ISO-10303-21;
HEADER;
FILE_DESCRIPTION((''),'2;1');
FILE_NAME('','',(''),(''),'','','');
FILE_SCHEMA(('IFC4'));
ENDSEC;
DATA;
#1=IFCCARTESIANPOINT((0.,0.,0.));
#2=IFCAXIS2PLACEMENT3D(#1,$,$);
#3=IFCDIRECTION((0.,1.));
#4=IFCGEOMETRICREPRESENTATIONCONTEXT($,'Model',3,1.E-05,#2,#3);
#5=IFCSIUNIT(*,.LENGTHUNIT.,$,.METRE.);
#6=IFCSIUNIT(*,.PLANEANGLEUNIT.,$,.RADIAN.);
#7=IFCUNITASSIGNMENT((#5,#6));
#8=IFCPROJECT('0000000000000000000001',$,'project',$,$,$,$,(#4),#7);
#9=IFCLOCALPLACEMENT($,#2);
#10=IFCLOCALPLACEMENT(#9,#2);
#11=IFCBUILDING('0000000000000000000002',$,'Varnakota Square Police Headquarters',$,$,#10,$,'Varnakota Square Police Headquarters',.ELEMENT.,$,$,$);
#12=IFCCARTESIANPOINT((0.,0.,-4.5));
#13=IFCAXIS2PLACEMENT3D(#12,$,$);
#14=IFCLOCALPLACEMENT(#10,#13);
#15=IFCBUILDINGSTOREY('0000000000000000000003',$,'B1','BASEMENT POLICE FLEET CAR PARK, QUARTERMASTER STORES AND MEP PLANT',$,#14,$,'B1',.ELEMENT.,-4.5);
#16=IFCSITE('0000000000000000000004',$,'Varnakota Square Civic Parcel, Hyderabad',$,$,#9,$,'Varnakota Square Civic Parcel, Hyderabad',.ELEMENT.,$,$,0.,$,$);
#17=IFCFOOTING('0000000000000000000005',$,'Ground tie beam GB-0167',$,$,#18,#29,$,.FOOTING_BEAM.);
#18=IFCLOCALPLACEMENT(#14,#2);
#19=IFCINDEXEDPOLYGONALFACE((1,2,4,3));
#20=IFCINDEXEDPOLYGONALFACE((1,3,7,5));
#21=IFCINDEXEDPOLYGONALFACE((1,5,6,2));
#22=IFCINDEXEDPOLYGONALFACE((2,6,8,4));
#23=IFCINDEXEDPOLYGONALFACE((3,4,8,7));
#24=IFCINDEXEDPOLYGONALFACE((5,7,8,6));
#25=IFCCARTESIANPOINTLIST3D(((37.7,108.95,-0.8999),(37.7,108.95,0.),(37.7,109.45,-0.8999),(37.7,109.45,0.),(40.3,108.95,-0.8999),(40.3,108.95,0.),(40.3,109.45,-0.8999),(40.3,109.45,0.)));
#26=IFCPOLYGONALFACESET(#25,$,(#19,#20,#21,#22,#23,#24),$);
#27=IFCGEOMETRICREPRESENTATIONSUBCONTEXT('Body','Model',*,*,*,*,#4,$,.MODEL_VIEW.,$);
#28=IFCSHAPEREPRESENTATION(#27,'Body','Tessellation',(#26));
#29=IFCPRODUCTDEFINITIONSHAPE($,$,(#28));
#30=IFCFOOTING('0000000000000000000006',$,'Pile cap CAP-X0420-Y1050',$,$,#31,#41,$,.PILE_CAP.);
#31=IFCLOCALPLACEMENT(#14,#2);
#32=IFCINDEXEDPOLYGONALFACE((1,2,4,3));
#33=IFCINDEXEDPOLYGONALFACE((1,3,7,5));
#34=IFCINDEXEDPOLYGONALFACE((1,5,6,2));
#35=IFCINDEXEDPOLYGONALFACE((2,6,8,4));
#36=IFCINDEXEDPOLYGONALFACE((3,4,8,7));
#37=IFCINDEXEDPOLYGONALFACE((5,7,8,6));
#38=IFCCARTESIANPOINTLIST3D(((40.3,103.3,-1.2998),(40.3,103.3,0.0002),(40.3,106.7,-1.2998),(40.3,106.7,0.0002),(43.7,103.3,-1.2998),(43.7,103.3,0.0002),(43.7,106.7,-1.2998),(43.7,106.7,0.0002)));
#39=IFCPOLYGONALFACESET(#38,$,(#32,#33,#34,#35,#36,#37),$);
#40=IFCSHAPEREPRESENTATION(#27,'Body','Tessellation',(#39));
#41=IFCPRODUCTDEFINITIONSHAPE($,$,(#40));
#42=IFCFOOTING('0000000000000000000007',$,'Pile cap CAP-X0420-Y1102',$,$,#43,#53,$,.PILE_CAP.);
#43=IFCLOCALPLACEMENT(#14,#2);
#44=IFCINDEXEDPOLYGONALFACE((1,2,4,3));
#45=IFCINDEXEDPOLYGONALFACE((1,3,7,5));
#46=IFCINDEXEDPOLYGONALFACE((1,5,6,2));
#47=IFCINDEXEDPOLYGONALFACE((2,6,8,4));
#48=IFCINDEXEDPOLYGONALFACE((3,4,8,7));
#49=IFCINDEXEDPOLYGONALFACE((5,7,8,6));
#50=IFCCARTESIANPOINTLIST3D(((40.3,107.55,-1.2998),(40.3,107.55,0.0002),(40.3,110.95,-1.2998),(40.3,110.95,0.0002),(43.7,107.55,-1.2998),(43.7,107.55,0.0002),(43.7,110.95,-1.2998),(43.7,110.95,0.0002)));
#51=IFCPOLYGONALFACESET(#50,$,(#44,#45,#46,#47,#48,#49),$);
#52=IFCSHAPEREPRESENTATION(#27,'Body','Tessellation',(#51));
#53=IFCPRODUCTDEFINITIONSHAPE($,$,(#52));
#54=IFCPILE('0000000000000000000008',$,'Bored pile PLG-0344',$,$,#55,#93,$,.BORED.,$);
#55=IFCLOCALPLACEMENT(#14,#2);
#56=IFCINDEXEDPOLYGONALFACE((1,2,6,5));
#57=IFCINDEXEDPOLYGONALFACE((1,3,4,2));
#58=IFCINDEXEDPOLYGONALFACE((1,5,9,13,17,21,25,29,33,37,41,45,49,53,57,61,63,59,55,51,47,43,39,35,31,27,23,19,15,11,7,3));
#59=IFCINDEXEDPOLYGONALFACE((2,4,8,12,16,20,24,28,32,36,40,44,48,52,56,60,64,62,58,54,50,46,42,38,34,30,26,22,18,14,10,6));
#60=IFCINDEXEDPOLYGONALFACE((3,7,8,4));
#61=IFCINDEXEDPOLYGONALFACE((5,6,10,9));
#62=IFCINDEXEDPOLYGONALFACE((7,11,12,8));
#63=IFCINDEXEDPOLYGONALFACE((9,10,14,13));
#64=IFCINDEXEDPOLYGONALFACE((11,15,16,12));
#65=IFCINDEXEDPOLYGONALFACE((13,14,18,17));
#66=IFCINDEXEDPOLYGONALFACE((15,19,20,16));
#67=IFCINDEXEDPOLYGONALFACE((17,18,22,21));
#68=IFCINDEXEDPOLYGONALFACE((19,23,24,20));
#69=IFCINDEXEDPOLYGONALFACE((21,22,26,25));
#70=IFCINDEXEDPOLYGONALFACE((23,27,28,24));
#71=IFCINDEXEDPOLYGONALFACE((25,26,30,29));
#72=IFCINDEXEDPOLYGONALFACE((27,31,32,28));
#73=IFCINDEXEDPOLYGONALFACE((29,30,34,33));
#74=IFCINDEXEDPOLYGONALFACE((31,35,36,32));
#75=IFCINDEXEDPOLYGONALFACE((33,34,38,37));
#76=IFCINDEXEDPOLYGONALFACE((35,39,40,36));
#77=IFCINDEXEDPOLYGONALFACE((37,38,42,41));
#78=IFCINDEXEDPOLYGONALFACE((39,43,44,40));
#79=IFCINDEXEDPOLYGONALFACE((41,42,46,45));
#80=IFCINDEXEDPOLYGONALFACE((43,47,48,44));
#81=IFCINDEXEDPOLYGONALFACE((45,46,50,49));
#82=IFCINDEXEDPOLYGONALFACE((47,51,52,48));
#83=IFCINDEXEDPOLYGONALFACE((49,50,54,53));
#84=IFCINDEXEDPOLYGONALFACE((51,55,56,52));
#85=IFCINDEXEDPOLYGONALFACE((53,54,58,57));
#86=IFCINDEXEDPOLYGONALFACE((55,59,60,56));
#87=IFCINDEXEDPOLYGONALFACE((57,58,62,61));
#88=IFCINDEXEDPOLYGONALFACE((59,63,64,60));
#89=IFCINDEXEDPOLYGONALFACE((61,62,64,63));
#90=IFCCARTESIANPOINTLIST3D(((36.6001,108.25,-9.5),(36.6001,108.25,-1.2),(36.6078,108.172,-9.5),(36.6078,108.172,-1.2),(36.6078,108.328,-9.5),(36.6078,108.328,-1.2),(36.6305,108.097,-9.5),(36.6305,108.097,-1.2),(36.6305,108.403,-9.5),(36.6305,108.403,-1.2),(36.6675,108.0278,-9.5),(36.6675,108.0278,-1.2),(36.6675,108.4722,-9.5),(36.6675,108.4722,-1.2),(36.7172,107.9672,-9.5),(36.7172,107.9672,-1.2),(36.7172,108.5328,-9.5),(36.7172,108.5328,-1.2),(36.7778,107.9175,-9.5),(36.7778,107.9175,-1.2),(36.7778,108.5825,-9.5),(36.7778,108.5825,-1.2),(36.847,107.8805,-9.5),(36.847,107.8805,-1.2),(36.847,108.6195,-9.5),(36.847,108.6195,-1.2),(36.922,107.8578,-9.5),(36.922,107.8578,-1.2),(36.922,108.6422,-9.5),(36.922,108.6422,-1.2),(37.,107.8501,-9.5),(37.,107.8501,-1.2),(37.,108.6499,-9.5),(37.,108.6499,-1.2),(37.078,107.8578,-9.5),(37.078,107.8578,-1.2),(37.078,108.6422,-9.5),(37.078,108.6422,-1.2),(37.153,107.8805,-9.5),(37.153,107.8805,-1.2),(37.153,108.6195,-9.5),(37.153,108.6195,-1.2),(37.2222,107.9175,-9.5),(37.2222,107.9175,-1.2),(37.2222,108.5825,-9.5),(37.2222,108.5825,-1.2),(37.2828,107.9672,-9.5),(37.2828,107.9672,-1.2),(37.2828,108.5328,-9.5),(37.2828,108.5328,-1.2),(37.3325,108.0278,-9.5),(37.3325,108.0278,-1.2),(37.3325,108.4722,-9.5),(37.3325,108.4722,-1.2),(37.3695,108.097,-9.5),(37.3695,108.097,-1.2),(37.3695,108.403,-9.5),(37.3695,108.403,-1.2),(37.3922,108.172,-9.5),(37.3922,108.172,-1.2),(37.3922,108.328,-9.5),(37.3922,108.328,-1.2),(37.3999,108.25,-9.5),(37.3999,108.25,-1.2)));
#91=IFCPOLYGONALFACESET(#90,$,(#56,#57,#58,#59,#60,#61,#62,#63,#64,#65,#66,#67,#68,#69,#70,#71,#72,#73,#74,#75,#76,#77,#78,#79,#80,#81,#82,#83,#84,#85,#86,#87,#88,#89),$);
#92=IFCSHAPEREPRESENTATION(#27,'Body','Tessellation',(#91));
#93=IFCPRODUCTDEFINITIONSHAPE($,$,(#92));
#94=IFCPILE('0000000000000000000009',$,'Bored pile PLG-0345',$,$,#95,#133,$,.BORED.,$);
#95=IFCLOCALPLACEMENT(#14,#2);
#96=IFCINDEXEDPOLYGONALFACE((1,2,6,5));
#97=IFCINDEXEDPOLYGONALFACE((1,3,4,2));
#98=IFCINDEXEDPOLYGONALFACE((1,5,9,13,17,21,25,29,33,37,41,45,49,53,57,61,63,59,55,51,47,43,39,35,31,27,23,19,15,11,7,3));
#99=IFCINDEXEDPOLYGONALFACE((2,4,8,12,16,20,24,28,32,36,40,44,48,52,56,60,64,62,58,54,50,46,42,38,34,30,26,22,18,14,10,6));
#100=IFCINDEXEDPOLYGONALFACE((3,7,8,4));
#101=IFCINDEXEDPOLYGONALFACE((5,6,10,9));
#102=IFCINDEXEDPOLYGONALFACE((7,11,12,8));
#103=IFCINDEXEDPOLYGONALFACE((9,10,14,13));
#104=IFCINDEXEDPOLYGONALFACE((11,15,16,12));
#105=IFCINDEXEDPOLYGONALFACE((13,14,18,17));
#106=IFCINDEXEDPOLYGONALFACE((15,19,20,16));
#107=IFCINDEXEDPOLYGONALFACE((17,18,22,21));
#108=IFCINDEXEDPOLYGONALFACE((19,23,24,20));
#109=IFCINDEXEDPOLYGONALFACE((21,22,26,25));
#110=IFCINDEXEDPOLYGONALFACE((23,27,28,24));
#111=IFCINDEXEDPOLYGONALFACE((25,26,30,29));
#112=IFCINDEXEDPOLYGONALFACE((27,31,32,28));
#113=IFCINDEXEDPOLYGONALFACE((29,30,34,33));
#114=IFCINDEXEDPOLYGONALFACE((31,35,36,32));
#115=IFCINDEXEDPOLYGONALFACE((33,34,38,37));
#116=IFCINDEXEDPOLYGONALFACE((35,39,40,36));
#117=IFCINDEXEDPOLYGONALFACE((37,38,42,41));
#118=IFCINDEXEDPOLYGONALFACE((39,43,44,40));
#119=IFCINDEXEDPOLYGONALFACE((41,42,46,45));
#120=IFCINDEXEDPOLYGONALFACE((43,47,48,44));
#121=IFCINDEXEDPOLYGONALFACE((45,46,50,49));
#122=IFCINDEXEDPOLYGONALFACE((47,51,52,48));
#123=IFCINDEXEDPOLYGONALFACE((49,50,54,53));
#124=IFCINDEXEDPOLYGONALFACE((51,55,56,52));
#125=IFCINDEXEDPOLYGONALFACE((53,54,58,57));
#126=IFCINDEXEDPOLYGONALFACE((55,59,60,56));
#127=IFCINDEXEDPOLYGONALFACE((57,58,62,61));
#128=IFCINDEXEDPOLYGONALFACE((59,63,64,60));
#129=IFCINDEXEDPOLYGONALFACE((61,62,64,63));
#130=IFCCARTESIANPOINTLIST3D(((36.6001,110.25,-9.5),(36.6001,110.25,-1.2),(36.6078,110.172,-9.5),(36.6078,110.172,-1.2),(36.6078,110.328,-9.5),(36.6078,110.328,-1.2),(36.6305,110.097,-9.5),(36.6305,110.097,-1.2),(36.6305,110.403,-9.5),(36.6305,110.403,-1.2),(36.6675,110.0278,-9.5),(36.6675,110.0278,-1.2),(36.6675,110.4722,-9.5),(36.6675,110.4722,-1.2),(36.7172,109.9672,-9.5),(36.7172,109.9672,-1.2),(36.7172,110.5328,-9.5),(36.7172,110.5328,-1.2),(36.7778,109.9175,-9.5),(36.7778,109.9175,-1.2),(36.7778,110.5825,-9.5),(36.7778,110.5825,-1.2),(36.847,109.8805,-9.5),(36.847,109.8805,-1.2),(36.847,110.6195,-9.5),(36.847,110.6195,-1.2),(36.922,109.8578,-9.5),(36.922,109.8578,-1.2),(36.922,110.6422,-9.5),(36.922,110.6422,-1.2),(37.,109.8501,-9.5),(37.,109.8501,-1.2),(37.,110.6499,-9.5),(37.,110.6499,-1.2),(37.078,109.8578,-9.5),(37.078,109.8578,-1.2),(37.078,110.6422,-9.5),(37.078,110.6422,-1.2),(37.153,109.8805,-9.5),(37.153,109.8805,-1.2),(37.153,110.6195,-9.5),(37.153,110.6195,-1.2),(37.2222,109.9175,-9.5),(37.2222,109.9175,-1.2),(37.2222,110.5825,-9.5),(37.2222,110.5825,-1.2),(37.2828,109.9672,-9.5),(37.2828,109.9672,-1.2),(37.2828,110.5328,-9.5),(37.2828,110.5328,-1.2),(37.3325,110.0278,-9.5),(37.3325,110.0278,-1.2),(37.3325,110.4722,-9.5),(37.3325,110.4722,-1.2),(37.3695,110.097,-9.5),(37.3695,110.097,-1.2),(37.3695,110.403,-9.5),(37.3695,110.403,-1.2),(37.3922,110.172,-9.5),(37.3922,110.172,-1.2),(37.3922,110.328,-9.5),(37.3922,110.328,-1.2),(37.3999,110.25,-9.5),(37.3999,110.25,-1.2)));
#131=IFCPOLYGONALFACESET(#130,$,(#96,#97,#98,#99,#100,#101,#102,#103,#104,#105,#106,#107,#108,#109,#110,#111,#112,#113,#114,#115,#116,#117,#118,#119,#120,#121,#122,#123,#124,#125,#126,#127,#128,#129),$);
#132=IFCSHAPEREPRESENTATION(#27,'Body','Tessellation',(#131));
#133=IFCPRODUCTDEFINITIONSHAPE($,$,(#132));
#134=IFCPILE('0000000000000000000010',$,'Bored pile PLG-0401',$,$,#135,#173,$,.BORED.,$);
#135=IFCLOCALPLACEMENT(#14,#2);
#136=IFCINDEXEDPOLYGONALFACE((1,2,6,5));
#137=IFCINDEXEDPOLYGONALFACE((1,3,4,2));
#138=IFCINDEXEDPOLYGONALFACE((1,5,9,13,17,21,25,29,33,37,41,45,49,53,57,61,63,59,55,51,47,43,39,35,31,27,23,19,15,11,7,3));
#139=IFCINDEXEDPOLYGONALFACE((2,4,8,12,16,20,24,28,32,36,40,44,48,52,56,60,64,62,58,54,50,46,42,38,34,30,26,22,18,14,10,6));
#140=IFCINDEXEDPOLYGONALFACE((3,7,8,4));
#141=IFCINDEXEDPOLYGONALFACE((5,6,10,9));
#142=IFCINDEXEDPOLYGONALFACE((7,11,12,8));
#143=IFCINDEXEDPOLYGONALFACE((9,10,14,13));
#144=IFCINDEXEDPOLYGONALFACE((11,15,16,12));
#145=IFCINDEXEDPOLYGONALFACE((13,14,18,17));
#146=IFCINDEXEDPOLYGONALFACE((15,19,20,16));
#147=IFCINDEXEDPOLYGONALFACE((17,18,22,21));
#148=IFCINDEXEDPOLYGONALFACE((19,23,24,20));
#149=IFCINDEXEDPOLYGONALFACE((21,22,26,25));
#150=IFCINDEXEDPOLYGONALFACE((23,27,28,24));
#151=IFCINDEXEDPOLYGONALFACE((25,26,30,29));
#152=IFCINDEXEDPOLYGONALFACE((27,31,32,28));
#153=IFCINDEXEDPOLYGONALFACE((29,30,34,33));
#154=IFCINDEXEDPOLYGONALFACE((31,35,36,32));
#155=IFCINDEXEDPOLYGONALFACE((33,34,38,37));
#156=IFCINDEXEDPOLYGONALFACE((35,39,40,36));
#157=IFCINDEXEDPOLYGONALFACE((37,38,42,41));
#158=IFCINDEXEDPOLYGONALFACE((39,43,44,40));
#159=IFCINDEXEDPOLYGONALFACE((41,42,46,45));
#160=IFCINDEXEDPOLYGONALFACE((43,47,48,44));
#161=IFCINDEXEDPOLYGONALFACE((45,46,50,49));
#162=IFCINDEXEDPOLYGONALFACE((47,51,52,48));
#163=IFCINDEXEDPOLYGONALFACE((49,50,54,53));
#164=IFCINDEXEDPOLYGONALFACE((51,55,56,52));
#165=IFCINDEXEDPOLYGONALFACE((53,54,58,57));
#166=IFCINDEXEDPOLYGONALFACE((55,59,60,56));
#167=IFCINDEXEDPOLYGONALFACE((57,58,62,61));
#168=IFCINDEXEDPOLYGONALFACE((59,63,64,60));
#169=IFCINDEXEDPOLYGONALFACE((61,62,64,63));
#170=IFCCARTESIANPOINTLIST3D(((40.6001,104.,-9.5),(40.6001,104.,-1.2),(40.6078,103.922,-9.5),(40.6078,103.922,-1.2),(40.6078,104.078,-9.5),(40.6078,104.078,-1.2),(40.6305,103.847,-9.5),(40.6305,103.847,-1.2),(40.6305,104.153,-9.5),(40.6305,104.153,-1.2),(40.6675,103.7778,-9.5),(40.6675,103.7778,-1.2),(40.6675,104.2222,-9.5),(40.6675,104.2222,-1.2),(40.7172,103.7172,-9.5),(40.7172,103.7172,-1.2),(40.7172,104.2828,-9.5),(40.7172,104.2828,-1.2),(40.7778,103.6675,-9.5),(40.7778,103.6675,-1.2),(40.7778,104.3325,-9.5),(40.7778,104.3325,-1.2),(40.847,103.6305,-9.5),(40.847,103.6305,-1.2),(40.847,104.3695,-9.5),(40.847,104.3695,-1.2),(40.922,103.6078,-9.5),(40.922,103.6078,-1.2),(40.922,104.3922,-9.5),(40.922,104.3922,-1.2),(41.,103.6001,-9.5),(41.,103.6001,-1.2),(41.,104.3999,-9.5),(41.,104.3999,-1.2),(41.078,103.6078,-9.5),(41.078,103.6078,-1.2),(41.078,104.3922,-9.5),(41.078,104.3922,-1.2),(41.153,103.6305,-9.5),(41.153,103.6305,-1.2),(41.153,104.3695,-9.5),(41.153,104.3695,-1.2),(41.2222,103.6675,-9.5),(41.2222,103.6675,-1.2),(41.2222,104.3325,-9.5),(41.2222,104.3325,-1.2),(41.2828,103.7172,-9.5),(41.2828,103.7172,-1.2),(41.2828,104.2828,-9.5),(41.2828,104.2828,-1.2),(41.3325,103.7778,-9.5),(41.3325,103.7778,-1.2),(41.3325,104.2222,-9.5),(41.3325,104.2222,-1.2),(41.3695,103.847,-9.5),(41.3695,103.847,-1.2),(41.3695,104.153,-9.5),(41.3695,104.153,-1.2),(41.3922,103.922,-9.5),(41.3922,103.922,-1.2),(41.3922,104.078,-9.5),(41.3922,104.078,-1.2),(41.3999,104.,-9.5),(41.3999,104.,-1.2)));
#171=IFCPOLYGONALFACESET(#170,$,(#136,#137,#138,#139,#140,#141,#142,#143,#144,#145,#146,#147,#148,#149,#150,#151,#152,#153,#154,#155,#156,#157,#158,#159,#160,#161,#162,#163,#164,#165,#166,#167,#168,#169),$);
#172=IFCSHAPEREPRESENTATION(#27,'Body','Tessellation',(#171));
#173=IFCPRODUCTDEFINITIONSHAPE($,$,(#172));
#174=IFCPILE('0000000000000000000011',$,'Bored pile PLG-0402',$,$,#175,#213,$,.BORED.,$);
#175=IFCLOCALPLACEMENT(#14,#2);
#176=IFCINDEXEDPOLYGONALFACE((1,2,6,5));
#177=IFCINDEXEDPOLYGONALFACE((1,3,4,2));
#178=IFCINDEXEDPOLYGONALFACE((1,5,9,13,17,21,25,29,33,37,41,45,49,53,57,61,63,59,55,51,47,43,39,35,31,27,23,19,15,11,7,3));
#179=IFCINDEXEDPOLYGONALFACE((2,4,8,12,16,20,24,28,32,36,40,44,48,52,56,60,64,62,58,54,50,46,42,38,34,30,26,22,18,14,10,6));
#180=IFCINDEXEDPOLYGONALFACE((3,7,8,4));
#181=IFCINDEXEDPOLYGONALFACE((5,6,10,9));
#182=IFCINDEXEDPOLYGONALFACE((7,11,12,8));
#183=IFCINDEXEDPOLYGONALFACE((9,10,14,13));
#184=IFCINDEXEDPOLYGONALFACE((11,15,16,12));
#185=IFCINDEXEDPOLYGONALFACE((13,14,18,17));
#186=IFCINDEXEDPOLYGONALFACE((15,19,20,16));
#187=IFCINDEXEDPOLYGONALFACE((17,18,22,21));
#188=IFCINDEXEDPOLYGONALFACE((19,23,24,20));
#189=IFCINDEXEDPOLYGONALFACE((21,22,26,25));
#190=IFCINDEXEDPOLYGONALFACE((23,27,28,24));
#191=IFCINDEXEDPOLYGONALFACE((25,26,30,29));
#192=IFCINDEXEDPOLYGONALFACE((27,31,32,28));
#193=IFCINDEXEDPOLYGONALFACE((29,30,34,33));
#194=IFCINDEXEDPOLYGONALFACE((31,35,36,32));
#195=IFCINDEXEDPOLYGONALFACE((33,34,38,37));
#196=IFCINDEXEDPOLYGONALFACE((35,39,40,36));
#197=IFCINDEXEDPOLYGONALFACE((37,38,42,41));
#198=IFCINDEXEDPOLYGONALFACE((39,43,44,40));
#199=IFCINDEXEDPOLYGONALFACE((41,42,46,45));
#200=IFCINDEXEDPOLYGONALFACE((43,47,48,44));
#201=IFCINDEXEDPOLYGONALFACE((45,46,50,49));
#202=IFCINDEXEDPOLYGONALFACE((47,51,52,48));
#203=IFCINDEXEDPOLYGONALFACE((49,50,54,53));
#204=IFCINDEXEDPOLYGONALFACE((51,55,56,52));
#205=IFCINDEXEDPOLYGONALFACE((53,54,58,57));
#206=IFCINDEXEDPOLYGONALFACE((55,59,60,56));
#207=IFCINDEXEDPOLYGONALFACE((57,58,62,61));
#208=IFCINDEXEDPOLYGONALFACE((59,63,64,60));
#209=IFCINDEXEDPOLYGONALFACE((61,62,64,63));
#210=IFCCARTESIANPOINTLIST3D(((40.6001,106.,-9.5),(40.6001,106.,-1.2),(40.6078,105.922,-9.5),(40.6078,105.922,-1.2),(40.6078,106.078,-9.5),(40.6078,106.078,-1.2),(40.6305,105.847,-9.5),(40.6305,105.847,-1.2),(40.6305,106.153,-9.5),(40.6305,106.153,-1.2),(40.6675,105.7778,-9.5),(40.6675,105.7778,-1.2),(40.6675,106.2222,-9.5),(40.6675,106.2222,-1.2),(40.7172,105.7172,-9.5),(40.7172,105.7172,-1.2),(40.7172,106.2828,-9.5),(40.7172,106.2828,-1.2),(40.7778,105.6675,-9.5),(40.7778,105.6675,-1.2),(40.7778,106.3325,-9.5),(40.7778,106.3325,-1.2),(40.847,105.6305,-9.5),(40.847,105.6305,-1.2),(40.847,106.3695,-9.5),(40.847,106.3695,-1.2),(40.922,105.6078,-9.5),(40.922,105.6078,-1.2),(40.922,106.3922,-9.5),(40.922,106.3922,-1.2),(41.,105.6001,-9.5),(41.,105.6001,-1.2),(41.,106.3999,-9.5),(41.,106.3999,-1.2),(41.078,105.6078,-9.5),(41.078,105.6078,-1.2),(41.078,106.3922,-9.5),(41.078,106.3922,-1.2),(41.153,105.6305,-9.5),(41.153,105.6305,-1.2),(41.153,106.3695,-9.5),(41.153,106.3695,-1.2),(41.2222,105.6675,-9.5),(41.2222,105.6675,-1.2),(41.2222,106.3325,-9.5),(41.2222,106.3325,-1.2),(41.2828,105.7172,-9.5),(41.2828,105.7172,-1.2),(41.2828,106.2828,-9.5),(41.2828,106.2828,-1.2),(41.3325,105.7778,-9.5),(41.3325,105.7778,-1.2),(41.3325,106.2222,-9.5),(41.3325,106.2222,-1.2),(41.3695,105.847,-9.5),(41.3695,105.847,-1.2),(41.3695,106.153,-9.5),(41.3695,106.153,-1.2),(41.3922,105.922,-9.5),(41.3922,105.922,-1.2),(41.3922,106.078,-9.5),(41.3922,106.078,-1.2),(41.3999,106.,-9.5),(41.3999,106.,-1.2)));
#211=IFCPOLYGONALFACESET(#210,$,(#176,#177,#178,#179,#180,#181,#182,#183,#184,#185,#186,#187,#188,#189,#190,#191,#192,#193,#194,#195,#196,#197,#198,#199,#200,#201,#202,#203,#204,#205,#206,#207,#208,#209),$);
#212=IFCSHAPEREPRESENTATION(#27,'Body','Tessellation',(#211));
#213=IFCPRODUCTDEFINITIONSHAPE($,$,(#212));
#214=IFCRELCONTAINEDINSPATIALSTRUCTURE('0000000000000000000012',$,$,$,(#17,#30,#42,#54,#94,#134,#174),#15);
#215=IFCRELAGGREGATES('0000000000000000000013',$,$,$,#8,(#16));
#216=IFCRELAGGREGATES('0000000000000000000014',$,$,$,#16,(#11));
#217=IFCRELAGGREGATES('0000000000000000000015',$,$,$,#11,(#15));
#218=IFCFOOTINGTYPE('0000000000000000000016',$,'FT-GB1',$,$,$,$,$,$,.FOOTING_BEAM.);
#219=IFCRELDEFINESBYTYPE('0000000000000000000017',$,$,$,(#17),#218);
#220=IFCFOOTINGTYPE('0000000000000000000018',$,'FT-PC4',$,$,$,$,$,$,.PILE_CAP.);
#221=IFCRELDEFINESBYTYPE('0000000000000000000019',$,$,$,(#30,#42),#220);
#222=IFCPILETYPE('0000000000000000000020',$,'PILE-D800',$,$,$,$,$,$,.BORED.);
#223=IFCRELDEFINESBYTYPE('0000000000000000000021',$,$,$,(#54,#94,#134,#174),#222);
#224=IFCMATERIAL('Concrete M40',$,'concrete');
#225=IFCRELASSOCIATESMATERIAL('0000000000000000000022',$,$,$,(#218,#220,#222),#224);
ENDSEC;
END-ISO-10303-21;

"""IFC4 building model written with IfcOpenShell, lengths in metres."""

from ifc_helpers import new_model, si_unit, direction, frame, origin, origin_2d, place, context, subcontext, project, spatial, rectangle, circle, extrude, material, material_profile, profile_set, type_object, element, save


model = new_model("IFC4")

# Units and contexts
model_context = context("Model", 3, precision=1e-05, world=origin(), true_north=direction((0.0, 1.0)))
body_context = subcontext(model_context, "Body", "Model", "MODEL_VIEW")
ifc_project = project(units=[si_unit("LENGTHUNIT", "METRE"), si_unit("PLANEANGLEUNIT", "RADIAN")], contexts=[model_context])

# Site, building, storey
site_placement = place(None, origin())
site = spatial("IfcSite", under=ifc_project, at=site_placement, Name="Varnakota Square Civic Parcel, Hyderabad", LongName="Varnakota Square Civic Parcel, Hyderabad", CompositionType="ELEMENT", RefElevation=0.0)
building_placement = place(site_placement, origin())
building = spatial("IfcBuilding", under=site, at=building_placement, Name="Varnakota Square Police Headquarters", LongName="Varnakota Square Police Headquarters", CompositionType="ELEMENT")
storey_placement = place(building_placement, frame((0.0, 0.0, -4.5)))
storey = spatial("IfcBuildingStorey", under=building, at=storey_placement, Name="B1", Description="BASEMENT POLICE FLEET CAR PARK, QUARTERMASTER STORES AND MEP PLANT", LongName="B1", CompositionType="ELEMENT", Elevation=-4.5)

# Footings
ifc_material_1 = material(Name="Concrete M40", Category="concrete")
ifc_material_profile_1 = material_profile(ifc_material_1, rectangle(XDim=0.5, YDim=0.8999, at=origin_2d()), Name="GB 500x900")
ifc_profile_set_1 = profile_set([ifc_material_profile_1], Name="Concrete M40")
footing_type_1 = type_object("IfcFootingType", Name="FT-GB1", PredefinedType="FOOTING_BEAM", material=ifc_profile_set_1)
footing_placement = place(storey_placement, frame((37.7, 109.2, -0.45), z_axis=(1.0, 0.0, 0.0), x_axis=(0.0, 1.0, 0.0)))
element("IfcFooting", 1, at=footing_placement, inside=storey, type_object=footing_type_1, Name="Ground tie beam GB-0167", PredefinedType="FOOTING_BEAM", context=body_context, shape_type="SweptSolid", body=[
    extrude(rectangle(XDim=0.5, YDim=0.8999, at=origin_2d()), origin(), (0.0, 0.0, 1.0), 2.6001),
])
footing_type_2 = type_object("IfcFootingType", Name="FT-PC4", PredefinedType="PILE_CAP", material=ifc_material_1)
for number, where, z_axis, x_axis, name in (
    (2, (42.0, 105.0, -1.2998), (0.0, 0.0, 1.0), (1.0, 0.0, 0.0), "Pile cap CAP-X0420-Y1050"),
    (3, (42.0, 109.25, -1.2998), (0.0, 0.0, 1.0), (1.0, 0.0, 0.0), "Pile cap CAP-X0420-Y1102"),
):
    element("IfcFooting", number, at=place(storey_placement, frame(where, z_axis=z_axis, x_axis=x_axis)), inside=storey, type_object=footing_type_2, Name=name, PredefinedType="PILE_CAP", context=body_context, shape_type="SweptSolid", body=[
        extrude(rectangle(XDim=3.3999, YDim=3.3999, at=origin_2d()), origin(), (0.0, 0.0, 1.0), 1.3),
    ])

# Piles
ifc_material_profile_2 = material_profile(ifc_material_1, circle(Radius=0.3999, at=origin_2d()), Name="BORED PILE 800")
ifc_profile_set_2 = profile_set([ifc_material_profile_2], Name="Concrete M40")
pile_type = type_object("IfcPileType", Name="PILE-D800", PredefinedType="BORED", material=ifc_profile_set_2)
for number, where, z_axis, x_axis, name in (
    (4, (37.0, 108.25, -1.2), (0.0, 0.0, -1.0), (1.0, 0.0, 0.0), "Bored pile PLG-0344"),
    (5, (37.0, 110.25, -1.2), (0.0, 0.0, -1.0), (1.0, 0.0, 0.0), "Bored pile PLG-0345"),
    (6, (41.0, 104.0, -1.2), (0.0, 0.0, -1.0), (1.0, 0.0, 0.0), "Bored pile PLG-0401"),
    (7, (41.0, 106.0, -1.2), (0.0, 0.0, -1.0), (1.0, 0.0, 0.0), "Bored pile PLG-0402"),
):
    element("IfcPile", number, at=place(storey_placement, frame(where, z_axis=z_axis, x_axis=x_axis)), inside=storey, type_object=pile_type, Name=name, PredefinedType="BORED", context=body_context, shape_type="SweptSolid", body=[
        extrude(circle(Radius=0.3999, at=origin_2d()), origin(), (0.0, 0.0, 1.0), 8.3),
    ])

save(model, "model.ifc")
